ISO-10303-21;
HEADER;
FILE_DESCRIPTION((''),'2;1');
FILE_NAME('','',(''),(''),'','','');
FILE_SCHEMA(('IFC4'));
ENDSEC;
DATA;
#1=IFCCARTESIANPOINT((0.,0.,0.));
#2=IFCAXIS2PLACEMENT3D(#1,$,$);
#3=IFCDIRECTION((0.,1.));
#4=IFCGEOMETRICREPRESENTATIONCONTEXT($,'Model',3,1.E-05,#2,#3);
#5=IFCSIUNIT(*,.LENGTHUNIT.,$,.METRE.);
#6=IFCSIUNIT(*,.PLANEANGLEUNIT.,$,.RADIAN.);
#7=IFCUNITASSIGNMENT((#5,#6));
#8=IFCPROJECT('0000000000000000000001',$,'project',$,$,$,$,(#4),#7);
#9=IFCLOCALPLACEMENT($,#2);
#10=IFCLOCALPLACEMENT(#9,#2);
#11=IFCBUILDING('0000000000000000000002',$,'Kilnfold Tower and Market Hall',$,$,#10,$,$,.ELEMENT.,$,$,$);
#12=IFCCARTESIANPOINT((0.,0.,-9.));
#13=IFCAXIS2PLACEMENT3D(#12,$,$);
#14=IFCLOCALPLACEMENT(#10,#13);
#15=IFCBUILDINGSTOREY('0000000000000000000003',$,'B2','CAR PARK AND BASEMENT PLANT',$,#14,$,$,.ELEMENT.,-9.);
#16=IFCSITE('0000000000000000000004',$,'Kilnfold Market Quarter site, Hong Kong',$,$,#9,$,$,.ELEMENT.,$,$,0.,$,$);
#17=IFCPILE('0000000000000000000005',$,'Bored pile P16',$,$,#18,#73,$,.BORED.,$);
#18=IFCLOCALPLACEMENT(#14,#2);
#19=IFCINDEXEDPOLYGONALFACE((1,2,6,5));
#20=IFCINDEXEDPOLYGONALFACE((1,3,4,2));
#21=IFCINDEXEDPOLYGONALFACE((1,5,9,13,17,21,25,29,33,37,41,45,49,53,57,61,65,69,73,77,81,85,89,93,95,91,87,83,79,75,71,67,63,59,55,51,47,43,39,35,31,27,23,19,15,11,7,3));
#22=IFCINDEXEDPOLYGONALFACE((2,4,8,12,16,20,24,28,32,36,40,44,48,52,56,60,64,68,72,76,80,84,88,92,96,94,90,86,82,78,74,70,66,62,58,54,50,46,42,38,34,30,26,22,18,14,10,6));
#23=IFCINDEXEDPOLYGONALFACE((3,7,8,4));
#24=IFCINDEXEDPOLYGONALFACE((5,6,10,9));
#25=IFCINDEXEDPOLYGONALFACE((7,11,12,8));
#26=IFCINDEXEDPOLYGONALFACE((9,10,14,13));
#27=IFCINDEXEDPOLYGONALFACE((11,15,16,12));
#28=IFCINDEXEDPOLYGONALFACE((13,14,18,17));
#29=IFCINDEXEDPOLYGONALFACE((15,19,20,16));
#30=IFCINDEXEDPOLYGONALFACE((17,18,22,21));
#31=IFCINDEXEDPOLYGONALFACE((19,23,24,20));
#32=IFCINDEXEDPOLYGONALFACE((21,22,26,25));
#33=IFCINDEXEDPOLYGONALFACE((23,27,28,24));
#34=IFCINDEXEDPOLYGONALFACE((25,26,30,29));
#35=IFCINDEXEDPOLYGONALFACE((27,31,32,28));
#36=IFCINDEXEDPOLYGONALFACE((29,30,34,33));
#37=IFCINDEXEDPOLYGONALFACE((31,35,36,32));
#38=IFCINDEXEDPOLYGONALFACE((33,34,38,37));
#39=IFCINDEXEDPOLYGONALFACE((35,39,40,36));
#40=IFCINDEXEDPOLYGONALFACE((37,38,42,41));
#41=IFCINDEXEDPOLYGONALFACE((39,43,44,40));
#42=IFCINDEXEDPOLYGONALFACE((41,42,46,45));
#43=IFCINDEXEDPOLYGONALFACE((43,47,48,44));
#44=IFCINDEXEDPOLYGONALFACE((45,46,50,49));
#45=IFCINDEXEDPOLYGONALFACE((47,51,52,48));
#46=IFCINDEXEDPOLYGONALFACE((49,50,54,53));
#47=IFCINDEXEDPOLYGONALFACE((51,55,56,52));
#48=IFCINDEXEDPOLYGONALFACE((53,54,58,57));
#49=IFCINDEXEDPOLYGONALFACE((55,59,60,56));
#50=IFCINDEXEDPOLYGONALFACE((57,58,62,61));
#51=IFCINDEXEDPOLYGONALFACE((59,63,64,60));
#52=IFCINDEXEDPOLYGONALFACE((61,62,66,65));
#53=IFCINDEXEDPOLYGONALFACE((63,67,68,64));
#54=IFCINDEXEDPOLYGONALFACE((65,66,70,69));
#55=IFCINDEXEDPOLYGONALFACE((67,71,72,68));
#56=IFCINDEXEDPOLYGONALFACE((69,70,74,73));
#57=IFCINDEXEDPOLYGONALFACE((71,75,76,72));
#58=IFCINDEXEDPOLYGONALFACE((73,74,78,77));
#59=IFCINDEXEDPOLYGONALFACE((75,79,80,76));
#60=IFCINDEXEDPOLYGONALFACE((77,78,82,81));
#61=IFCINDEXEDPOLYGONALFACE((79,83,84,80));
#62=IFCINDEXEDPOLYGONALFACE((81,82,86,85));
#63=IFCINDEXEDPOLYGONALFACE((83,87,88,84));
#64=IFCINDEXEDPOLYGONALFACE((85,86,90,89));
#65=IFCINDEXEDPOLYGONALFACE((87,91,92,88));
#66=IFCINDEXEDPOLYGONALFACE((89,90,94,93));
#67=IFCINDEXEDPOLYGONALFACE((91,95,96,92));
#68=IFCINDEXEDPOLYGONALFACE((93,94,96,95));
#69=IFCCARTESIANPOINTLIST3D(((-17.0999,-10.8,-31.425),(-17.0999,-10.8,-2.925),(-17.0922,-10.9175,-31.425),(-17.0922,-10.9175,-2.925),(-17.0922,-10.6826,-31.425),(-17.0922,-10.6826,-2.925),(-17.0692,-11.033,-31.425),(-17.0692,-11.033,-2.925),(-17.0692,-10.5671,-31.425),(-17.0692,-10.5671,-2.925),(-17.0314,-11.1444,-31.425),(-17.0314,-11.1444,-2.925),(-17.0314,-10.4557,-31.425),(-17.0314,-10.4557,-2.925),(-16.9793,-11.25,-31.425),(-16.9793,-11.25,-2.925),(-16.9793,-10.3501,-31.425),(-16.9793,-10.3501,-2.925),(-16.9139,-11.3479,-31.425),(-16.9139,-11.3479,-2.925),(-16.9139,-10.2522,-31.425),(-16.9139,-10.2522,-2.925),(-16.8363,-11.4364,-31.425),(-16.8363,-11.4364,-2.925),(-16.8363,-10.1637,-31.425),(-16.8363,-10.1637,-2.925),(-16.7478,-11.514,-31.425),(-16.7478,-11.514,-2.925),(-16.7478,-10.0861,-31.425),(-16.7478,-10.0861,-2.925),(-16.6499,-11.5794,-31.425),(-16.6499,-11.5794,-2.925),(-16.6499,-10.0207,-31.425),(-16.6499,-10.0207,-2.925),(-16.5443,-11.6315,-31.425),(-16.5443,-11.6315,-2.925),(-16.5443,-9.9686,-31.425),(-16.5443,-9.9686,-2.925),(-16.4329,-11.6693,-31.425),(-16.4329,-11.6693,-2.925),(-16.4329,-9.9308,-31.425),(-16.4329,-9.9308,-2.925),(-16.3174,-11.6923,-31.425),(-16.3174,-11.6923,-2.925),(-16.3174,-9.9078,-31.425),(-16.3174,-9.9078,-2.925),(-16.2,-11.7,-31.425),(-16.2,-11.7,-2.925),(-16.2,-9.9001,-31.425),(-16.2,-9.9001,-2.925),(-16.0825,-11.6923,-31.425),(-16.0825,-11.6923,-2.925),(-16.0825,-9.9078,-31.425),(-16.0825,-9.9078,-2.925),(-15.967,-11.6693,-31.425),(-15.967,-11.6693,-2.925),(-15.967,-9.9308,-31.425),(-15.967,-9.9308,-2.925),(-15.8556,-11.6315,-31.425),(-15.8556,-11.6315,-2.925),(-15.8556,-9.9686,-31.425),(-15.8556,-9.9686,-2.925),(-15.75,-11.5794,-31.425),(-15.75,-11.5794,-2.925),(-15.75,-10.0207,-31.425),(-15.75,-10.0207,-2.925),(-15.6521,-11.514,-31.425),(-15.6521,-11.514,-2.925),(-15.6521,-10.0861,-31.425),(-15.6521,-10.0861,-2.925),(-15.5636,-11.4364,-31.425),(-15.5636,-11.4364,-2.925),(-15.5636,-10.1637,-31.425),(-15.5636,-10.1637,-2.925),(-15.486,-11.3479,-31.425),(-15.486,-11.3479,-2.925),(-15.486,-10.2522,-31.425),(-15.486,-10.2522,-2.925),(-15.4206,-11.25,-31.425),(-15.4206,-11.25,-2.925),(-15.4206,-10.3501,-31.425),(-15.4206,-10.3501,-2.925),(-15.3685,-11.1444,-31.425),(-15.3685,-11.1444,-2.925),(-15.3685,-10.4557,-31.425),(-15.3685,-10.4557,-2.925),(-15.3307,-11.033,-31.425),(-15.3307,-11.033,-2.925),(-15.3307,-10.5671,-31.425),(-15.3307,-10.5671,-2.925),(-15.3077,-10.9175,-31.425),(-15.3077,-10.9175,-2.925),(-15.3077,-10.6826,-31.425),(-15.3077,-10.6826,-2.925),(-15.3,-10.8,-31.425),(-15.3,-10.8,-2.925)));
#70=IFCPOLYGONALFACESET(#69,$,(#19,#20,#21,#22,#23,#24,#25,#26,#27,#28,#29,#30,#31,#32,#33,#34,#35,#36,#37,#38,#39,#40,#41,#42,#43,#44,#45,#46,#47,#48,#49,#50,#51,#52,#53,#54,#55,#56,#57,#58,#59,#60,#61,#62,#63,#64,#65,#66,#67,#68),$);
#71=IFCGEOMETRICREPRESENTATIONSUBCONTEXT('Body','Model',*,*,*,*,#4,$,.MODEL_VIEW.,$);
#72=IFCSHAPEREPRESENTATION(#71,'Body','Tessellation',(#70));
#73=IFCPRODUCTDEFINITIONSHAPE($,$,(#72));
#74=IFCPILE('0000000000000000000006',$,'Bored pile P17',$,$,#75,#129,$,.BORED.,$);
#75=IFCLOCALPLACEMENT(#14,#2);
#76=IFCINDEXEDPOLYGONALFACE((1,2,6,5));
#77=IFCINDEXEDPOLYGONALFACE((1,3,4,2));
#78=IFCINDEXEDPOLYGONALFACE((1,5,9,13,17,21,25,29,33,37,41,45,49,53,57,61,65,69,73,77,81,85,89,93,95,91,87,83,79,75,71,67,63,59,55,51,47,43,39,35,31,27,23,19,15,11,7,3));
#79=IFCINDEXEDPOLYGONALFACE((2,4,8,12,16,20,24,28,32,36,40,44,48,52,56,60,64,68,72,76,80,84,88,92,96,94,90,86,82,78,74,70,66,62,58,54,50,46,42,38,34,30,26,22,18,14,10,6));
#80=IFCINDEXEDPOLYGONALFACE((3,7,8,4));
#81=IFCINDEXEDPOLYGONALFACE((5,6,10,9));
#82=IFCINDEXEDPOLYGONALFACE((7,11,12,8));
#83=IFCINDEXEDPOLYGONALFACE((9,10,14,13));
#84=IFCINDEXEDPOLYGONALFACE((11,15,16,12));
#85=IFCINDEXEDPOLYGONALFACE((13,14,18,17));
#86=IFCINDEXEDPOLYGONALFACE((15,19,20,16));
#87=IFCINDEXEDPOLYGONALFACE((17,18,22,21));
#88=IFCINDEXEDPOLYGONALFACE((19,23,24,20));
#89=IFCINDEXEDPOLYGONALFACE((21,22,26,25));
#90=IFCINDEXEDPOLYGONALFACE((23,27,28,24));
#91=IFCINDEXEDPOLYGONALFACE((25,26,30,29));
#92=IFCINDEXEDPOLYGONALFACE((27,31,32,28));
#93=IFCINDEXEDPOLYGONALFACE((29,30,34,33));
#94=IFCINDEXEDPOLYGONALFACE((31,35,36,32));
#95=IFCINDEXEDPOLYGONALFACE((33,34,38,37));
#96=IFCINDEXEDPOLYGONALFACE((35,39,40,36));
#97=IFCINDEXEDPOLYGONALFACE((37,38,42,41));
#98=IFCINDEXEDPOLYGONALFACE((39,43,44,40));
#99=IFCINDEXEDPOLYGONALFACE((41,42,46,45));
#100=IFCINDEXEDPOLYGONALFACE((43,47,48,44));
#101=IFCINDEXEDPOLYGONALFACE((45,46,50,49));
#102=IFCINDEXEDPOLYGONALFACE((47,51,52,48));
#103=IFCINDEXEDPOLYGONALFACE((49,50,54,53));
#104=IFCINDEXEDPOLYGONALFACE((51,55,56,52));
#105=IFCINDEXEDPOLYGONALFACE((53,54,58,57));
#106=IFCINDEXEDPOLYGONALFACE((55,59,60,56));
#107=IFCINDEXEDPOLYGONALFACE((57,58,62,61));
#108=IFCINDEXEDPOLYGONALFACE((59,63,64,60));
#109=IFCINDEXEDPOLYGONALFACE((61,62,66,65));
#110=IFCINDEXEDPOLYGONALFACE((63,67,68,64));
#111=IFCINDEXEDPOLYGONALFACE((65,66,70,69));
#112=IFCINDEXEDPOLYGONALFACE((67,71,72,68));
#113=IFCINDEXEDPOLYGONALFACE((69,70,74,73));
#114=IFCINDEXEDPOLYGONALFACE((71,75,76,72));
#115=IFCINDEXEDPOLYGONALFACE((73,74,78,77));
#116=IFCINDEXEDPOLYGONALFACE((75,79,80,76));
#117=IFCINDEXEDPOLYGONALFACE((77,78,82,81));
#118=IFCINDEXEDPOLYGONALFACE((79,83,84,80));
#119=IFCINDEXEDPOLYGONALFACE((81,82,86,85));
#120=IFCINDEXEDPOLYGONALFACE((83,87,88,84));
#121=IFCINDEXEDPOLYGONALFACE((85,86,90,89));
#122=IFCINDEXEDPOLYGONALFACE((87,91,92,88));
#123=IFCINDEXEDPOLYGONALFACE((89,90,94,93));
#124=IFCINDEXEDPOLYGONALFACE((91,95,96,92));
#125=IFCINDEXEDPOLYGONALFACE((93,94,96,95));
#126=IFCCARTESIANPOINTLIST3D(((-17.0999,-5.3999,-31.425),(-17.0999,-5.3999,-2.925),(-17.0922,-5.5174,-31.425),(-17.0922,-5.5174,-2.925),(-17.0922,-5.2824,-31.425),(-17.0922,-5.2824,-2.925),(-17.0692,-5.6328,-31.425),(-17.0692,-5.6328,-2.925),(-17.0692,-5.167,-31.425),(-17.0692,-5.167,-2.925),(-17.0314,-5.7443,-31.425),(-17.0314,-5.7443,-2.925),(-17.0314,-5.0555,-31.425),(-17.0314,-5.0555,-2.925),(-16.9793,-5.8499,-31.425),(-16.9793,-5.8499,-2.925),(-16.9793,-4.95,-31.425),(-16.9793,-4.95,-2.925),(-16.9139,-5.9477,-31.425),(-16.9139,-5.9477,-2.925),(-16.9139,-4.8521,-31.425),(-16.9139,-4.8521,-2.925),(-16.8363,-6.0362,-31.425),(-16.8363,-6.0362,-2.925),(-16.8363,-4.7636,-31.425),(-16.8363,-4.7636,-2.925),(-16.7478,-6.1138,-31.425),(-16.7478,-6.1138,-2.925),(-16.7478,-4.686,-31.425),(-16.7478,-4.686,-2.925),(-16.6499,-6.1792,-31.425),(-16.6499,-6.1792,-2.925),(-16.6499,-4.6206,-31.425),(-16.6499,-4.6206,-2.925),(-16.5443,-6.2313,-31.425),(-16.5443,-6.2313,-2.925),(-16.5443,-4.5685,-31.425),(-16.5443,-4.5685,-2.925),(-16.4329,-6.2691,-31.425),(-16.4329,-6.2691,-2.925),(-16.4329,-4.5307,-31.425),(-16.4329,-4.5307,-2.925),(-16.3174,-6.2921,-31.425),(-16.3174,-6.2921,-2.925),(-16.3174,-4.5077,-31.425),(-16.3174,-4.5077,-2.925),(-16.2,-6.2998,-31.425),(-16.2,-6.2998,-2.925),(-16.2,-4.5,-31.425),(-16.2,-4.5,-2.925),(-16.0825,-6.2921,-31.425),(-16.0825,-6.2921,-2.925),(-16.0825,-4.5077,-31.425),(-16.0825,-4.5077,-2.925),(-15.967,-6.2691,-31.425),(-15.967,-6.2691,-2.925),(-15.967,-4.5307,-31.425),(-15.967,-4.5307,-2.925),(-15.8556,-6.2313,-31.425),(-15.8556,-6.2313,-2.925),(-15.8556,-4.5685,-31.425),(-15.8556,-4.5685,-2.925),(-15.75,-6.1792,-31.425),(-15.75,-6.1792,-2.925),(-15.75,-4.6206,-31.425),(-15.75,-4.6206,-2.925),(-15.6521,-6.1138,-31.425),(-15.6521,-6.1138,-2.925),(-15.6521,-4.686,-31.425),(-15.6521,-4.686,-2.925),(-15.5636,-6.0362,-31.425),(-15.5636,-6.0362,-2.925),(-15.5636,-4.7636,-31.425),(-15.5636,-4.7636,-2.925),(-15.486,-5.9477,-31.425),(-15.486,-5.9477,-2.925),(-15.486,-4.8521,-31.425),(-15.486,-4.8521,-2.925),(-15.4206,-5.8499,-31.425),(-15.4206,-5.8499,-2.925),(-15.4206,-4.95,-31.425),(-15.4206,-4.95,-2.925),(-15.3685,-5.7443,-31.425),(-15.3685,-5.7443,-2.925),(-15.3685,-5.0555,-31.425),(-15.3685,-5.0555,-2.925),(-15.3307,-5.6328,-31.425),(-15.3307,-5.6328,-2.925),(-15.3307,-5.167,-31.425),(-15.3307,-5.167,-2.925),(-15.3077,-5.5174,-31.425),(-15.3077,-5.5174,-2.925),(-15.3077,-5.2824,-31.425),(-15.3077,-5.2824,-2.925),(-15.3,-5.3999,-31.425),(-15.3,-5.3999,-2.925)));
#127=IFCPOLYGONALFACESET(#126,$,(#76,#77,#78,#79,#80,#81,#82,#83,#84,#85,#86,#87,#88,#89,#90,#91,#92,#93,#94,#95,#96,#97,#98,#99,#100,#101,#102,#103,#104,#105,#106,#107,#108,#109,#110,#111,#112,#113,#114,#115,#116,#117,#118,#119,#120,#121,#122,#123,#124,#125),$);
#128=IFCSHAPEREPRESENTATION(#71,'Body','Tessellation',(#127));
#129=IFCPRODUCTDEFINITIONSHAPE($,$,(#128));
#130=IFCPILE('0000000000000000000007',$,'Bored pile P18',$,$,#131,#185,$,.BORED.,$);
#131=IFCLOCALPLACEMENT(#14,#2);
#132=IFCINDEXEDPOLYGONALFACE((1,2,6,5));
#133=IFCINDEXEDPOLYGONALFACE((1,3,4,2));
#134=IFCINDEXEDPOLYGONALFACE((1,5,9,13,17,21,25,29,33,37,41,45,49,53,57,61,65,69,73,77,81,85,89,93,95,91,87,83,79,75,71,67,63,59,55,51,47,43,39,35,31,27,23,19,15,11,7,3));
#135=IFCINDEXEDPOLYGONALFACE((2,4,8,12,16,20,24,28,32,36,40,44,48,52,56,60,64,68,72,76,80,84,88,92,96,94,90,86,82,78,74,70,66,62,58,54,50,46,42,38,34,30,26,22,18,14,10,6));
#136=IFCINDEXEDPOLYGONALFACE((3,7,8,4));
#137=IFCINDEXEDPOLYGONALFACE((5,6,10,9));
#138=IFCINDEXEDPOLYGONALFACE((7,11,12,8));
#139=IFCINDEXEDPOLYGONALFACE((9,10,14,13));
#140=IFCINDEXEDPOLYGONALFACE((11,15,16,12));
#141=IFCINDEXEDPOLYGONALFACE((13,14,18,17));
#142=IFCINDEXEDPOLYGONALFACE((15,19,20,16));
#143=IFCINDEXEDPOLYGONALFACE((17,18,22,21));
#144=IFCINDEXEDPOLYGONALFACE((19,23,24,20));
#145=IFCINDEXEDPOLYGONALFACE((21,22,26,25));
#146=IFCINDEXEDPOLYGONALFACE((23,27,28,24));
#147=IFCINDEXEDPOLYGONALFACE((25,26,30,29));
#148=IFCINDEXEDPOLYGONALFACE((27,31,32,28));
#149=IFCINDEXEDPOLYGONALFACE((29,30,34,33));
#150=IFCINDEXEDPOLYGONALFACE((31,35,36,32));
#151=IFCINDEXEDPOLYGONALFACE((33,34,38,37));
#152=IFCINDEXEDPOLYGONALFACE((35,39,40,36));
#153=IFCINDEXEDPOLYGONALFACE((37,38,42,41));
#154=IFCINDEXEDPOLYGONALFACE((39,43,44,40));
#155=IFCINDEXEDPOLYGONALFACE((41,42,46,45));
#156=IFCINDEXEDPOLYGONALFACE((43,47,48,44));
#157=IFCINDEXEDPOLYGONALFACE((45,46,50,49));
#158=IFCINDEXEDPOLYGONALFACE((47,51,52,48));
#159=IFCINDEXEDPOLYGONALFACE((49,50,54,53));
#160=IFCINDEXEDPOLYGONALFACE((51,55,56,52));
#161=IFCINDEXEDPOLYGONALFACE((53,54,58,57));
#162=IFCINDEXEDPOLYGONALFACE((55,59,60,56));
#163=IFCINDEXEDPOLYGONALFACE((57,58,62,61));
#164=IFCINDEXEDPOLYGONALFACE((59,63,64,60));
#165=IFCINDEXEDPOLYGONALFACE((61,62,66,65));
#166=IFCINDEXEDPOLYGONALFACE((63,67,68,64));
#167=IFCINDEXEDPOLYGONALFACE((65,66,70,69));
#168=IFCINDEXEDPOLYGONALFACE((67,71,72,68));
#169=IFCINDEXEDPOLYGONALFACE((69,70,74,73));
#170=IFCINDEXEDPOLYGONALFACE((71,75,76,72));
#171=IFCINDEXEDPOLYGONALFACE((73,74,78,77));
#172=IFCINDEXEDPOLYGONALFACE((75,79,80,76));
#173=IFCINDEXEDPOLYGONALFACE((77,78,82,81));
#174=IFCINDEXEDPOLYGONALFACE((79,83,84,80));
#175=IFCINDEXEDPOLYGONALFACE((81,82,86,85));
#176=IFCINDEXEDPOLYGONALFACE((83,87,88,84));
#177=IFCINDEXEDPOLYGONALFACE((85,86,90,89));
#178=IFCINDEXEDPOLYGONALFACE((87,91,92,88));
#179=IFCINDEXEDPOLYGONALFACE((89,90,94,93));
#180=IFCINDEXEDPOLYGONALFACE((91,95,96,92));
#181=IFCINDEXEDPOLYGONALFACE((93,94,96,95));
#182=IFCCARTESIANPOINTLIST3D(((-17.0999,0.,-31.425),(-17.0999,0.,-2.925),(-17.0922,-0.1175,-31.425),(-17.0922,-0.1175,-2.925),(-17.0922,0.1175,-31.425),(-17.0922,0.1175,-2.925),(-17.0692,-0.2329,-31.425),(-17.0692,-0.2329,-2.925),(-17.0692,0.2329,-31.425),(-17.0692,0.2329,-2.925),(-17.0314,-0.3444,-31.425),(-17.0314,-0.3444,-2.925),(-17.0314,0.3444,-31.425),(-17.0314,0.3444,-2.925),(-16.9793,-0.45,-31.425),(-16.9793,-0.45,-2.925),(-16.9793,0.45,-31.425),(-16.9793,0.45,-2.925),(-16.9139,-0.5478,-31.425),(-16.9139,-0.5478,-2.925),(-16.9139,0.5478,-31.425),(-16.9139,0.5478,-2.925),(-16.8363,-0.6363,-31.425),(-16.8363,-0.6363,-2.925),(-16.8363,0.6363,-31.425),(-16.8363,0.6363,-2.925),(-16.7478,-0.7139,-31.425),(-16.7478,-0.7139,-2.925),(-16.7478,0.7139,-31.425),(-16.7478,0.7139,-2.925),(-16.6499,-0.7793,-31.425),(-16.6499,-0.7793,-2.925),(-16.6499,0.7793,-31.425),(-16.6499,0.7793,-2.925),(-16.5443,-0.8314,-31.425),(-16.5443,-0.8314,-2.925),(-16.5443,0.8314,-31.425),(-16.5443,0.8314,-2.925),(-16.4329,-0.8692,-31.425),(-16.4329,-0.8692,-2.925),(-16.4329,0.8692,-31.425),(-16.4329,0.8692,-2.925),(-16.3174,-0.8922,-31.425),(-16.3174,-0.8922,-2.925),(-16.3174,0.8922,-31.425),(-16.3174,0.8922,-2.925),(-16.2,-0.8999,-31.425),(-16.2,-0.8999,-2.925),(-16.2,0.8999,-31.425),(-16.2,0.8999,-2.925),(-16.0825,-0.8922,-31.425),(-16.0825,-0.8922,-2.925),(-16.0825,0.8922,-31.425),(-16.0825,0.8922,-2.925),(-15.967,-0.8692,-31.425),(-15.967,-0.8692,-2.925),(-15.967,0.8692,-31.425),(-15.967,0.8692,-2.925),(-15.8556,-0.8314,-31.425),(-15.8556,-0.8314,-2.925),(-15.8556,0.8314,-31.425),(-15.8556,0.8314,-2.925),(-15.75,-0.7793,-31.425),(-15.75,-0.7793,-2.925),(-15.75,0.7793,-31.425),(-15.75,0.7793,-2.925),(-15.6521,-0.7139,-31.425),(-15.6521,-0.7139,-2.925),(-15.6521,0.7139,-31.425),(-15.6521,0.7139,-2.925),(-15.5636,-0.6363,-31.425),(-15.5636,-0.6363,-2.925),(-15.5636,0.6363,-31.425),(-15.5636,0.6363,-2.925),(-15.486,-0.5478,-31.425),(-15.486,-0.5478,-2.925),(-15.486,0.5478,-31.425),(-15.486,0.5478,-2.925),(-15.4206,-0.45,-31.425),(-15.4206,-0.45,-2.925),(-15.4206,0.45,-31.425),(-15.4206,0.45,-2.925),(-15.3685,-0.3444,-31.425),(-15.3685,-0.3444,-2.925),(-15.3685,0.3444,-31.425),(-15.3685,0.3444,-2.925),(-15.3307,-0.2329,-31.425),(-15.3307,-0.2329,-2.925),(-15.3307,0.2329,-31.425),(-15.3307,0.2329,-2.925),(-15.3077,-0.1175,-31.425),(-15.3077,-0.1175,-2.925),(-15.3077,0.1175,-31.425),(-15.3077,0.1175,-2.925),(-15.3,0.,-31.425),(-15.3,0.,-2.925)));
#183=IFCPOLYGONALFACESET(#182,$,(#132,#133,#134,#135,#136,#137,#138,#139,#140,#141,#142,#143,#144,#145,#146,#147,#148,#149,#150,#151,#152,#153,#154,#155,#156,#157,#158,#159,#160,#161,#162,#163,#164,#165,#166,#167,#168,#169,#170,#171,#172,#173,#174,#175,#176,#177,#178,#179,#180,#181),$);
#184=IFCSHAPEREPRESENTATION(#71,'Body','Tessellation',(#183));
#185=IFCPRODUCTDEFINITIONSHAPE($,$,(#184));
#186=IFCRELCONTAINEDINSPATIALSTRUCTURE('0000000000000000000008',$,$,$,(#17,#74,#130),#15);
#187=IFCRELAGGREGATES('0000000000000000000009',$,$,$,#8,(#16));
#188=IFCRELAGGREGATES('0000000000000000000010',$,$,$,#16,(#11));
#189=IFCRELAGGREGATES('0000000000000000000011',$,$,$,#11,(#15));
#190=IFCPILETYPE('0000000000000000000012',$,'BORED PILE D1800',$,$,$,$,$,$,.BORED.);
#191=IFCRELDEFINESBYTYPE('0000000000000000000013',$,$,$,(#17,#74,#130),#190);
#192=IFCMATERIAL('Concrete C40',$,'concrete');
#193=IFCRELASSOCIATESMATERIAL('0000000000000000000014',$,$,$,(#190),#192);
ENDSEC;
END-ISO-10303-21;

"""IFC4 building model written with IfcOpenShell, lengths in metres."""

from ifc_helpers import new_model, si_unit, direction, frame, origin, origin_2d, place, context, subcontext, project, spatial, circle, extrude, source, transform, mapped, material, material_profile, profile_set, type_object, element, save


model = new_model("IFC4")

# Units and contexts
model_context = context("Model", 3, precision=1e-05, world=origin(), true_north=direction((0.0, 1.0)))
body_context = subcontext(model_context, "Body", "Model", "MODEL_VIEW")
ifc_project = project(units=[si_unit("LENGTHUNIT", "METRE"), si_unit("PLANEANGLEUNIT", "RADIAN")], contexts=[model_context])

# Site, building, storey
site_placement = place(None, origin())
site = spatial("IfcSite", under=ifc_project, at=site_placement, Name="Kilnfold Market Quarter site, Hong Kong", CompositionType="ELEMENT", RefElevation=0.0)
building_placement = place(site_placement, origin())
building = spatial("IfcBuilding", under=site, at=building_placement, Name="Kilnfold Tower and Market Hall", CompositionType="ELEMENT")
storey_placement = place(building_placement, frame((0.0, 0.0, -9.0)))
storey = spatial("IfcBuildingStorey", under=building, at=storey_placement, Name="B2", Description="CAR PARK AND BASEMENT PLANT", CompositionType="ELEMENT", Elevation=-9.0)

# Piles
ifc_material_1 = material(Name="Concrete C40", Category="concrete")
ifc_material_profile_1 = material_profile(ifc_material_1, circle(Radius=0.8999, at=origin_2d()), Name="RC D1800")
ifc_profile_set_1 = profile_set([ifc_material_profile_1], Name="Concrete C40")
pile_type = type_object("IfcPileType", Name="BORED PILE D1800", PredefinedType="BORED", material=ifc_profile_set_1)
shared_shape_1 = source(origin(), body_context, "Body", "SweptSolid", [
    extrude(circle(Radius=0.8999, at=origin_2d()), origin(), (0.0, 0.0, 1.0), 28.5),
])
for number, where, z_axis, x_axis, name in (
    (1, (-16.2, -10.8, -2.925), (0.0, 0.0, -1.0), (1.0, 0.0, 0.0), "Bored pile P16"),
    (2, (-16.2, -5.3999, -2.925), (0.0, 0.0, -1.0), (1.0, 0.0, 0.0), "Bored pile P17"),
    (3, (-16.2, 0.0, -2.925), (0.0, 0.0, -1.0), (1.0, 0.0, 0.0), "Bored pile P18"),
):
    element("IfcPile", number, at=place(storey_placement, frame(where, z_axis=z_axis, x_axis=x_axis)), inside=storey, type_object=pile_type, Name=name, PredefinedType="BORED", context=body_context, shape_type="MappedRepresentation", body=[
        mapped(shared_shape_1, transform((0.0, 0.0, 0.0))),
    ])

save(model, "model.ifc")
